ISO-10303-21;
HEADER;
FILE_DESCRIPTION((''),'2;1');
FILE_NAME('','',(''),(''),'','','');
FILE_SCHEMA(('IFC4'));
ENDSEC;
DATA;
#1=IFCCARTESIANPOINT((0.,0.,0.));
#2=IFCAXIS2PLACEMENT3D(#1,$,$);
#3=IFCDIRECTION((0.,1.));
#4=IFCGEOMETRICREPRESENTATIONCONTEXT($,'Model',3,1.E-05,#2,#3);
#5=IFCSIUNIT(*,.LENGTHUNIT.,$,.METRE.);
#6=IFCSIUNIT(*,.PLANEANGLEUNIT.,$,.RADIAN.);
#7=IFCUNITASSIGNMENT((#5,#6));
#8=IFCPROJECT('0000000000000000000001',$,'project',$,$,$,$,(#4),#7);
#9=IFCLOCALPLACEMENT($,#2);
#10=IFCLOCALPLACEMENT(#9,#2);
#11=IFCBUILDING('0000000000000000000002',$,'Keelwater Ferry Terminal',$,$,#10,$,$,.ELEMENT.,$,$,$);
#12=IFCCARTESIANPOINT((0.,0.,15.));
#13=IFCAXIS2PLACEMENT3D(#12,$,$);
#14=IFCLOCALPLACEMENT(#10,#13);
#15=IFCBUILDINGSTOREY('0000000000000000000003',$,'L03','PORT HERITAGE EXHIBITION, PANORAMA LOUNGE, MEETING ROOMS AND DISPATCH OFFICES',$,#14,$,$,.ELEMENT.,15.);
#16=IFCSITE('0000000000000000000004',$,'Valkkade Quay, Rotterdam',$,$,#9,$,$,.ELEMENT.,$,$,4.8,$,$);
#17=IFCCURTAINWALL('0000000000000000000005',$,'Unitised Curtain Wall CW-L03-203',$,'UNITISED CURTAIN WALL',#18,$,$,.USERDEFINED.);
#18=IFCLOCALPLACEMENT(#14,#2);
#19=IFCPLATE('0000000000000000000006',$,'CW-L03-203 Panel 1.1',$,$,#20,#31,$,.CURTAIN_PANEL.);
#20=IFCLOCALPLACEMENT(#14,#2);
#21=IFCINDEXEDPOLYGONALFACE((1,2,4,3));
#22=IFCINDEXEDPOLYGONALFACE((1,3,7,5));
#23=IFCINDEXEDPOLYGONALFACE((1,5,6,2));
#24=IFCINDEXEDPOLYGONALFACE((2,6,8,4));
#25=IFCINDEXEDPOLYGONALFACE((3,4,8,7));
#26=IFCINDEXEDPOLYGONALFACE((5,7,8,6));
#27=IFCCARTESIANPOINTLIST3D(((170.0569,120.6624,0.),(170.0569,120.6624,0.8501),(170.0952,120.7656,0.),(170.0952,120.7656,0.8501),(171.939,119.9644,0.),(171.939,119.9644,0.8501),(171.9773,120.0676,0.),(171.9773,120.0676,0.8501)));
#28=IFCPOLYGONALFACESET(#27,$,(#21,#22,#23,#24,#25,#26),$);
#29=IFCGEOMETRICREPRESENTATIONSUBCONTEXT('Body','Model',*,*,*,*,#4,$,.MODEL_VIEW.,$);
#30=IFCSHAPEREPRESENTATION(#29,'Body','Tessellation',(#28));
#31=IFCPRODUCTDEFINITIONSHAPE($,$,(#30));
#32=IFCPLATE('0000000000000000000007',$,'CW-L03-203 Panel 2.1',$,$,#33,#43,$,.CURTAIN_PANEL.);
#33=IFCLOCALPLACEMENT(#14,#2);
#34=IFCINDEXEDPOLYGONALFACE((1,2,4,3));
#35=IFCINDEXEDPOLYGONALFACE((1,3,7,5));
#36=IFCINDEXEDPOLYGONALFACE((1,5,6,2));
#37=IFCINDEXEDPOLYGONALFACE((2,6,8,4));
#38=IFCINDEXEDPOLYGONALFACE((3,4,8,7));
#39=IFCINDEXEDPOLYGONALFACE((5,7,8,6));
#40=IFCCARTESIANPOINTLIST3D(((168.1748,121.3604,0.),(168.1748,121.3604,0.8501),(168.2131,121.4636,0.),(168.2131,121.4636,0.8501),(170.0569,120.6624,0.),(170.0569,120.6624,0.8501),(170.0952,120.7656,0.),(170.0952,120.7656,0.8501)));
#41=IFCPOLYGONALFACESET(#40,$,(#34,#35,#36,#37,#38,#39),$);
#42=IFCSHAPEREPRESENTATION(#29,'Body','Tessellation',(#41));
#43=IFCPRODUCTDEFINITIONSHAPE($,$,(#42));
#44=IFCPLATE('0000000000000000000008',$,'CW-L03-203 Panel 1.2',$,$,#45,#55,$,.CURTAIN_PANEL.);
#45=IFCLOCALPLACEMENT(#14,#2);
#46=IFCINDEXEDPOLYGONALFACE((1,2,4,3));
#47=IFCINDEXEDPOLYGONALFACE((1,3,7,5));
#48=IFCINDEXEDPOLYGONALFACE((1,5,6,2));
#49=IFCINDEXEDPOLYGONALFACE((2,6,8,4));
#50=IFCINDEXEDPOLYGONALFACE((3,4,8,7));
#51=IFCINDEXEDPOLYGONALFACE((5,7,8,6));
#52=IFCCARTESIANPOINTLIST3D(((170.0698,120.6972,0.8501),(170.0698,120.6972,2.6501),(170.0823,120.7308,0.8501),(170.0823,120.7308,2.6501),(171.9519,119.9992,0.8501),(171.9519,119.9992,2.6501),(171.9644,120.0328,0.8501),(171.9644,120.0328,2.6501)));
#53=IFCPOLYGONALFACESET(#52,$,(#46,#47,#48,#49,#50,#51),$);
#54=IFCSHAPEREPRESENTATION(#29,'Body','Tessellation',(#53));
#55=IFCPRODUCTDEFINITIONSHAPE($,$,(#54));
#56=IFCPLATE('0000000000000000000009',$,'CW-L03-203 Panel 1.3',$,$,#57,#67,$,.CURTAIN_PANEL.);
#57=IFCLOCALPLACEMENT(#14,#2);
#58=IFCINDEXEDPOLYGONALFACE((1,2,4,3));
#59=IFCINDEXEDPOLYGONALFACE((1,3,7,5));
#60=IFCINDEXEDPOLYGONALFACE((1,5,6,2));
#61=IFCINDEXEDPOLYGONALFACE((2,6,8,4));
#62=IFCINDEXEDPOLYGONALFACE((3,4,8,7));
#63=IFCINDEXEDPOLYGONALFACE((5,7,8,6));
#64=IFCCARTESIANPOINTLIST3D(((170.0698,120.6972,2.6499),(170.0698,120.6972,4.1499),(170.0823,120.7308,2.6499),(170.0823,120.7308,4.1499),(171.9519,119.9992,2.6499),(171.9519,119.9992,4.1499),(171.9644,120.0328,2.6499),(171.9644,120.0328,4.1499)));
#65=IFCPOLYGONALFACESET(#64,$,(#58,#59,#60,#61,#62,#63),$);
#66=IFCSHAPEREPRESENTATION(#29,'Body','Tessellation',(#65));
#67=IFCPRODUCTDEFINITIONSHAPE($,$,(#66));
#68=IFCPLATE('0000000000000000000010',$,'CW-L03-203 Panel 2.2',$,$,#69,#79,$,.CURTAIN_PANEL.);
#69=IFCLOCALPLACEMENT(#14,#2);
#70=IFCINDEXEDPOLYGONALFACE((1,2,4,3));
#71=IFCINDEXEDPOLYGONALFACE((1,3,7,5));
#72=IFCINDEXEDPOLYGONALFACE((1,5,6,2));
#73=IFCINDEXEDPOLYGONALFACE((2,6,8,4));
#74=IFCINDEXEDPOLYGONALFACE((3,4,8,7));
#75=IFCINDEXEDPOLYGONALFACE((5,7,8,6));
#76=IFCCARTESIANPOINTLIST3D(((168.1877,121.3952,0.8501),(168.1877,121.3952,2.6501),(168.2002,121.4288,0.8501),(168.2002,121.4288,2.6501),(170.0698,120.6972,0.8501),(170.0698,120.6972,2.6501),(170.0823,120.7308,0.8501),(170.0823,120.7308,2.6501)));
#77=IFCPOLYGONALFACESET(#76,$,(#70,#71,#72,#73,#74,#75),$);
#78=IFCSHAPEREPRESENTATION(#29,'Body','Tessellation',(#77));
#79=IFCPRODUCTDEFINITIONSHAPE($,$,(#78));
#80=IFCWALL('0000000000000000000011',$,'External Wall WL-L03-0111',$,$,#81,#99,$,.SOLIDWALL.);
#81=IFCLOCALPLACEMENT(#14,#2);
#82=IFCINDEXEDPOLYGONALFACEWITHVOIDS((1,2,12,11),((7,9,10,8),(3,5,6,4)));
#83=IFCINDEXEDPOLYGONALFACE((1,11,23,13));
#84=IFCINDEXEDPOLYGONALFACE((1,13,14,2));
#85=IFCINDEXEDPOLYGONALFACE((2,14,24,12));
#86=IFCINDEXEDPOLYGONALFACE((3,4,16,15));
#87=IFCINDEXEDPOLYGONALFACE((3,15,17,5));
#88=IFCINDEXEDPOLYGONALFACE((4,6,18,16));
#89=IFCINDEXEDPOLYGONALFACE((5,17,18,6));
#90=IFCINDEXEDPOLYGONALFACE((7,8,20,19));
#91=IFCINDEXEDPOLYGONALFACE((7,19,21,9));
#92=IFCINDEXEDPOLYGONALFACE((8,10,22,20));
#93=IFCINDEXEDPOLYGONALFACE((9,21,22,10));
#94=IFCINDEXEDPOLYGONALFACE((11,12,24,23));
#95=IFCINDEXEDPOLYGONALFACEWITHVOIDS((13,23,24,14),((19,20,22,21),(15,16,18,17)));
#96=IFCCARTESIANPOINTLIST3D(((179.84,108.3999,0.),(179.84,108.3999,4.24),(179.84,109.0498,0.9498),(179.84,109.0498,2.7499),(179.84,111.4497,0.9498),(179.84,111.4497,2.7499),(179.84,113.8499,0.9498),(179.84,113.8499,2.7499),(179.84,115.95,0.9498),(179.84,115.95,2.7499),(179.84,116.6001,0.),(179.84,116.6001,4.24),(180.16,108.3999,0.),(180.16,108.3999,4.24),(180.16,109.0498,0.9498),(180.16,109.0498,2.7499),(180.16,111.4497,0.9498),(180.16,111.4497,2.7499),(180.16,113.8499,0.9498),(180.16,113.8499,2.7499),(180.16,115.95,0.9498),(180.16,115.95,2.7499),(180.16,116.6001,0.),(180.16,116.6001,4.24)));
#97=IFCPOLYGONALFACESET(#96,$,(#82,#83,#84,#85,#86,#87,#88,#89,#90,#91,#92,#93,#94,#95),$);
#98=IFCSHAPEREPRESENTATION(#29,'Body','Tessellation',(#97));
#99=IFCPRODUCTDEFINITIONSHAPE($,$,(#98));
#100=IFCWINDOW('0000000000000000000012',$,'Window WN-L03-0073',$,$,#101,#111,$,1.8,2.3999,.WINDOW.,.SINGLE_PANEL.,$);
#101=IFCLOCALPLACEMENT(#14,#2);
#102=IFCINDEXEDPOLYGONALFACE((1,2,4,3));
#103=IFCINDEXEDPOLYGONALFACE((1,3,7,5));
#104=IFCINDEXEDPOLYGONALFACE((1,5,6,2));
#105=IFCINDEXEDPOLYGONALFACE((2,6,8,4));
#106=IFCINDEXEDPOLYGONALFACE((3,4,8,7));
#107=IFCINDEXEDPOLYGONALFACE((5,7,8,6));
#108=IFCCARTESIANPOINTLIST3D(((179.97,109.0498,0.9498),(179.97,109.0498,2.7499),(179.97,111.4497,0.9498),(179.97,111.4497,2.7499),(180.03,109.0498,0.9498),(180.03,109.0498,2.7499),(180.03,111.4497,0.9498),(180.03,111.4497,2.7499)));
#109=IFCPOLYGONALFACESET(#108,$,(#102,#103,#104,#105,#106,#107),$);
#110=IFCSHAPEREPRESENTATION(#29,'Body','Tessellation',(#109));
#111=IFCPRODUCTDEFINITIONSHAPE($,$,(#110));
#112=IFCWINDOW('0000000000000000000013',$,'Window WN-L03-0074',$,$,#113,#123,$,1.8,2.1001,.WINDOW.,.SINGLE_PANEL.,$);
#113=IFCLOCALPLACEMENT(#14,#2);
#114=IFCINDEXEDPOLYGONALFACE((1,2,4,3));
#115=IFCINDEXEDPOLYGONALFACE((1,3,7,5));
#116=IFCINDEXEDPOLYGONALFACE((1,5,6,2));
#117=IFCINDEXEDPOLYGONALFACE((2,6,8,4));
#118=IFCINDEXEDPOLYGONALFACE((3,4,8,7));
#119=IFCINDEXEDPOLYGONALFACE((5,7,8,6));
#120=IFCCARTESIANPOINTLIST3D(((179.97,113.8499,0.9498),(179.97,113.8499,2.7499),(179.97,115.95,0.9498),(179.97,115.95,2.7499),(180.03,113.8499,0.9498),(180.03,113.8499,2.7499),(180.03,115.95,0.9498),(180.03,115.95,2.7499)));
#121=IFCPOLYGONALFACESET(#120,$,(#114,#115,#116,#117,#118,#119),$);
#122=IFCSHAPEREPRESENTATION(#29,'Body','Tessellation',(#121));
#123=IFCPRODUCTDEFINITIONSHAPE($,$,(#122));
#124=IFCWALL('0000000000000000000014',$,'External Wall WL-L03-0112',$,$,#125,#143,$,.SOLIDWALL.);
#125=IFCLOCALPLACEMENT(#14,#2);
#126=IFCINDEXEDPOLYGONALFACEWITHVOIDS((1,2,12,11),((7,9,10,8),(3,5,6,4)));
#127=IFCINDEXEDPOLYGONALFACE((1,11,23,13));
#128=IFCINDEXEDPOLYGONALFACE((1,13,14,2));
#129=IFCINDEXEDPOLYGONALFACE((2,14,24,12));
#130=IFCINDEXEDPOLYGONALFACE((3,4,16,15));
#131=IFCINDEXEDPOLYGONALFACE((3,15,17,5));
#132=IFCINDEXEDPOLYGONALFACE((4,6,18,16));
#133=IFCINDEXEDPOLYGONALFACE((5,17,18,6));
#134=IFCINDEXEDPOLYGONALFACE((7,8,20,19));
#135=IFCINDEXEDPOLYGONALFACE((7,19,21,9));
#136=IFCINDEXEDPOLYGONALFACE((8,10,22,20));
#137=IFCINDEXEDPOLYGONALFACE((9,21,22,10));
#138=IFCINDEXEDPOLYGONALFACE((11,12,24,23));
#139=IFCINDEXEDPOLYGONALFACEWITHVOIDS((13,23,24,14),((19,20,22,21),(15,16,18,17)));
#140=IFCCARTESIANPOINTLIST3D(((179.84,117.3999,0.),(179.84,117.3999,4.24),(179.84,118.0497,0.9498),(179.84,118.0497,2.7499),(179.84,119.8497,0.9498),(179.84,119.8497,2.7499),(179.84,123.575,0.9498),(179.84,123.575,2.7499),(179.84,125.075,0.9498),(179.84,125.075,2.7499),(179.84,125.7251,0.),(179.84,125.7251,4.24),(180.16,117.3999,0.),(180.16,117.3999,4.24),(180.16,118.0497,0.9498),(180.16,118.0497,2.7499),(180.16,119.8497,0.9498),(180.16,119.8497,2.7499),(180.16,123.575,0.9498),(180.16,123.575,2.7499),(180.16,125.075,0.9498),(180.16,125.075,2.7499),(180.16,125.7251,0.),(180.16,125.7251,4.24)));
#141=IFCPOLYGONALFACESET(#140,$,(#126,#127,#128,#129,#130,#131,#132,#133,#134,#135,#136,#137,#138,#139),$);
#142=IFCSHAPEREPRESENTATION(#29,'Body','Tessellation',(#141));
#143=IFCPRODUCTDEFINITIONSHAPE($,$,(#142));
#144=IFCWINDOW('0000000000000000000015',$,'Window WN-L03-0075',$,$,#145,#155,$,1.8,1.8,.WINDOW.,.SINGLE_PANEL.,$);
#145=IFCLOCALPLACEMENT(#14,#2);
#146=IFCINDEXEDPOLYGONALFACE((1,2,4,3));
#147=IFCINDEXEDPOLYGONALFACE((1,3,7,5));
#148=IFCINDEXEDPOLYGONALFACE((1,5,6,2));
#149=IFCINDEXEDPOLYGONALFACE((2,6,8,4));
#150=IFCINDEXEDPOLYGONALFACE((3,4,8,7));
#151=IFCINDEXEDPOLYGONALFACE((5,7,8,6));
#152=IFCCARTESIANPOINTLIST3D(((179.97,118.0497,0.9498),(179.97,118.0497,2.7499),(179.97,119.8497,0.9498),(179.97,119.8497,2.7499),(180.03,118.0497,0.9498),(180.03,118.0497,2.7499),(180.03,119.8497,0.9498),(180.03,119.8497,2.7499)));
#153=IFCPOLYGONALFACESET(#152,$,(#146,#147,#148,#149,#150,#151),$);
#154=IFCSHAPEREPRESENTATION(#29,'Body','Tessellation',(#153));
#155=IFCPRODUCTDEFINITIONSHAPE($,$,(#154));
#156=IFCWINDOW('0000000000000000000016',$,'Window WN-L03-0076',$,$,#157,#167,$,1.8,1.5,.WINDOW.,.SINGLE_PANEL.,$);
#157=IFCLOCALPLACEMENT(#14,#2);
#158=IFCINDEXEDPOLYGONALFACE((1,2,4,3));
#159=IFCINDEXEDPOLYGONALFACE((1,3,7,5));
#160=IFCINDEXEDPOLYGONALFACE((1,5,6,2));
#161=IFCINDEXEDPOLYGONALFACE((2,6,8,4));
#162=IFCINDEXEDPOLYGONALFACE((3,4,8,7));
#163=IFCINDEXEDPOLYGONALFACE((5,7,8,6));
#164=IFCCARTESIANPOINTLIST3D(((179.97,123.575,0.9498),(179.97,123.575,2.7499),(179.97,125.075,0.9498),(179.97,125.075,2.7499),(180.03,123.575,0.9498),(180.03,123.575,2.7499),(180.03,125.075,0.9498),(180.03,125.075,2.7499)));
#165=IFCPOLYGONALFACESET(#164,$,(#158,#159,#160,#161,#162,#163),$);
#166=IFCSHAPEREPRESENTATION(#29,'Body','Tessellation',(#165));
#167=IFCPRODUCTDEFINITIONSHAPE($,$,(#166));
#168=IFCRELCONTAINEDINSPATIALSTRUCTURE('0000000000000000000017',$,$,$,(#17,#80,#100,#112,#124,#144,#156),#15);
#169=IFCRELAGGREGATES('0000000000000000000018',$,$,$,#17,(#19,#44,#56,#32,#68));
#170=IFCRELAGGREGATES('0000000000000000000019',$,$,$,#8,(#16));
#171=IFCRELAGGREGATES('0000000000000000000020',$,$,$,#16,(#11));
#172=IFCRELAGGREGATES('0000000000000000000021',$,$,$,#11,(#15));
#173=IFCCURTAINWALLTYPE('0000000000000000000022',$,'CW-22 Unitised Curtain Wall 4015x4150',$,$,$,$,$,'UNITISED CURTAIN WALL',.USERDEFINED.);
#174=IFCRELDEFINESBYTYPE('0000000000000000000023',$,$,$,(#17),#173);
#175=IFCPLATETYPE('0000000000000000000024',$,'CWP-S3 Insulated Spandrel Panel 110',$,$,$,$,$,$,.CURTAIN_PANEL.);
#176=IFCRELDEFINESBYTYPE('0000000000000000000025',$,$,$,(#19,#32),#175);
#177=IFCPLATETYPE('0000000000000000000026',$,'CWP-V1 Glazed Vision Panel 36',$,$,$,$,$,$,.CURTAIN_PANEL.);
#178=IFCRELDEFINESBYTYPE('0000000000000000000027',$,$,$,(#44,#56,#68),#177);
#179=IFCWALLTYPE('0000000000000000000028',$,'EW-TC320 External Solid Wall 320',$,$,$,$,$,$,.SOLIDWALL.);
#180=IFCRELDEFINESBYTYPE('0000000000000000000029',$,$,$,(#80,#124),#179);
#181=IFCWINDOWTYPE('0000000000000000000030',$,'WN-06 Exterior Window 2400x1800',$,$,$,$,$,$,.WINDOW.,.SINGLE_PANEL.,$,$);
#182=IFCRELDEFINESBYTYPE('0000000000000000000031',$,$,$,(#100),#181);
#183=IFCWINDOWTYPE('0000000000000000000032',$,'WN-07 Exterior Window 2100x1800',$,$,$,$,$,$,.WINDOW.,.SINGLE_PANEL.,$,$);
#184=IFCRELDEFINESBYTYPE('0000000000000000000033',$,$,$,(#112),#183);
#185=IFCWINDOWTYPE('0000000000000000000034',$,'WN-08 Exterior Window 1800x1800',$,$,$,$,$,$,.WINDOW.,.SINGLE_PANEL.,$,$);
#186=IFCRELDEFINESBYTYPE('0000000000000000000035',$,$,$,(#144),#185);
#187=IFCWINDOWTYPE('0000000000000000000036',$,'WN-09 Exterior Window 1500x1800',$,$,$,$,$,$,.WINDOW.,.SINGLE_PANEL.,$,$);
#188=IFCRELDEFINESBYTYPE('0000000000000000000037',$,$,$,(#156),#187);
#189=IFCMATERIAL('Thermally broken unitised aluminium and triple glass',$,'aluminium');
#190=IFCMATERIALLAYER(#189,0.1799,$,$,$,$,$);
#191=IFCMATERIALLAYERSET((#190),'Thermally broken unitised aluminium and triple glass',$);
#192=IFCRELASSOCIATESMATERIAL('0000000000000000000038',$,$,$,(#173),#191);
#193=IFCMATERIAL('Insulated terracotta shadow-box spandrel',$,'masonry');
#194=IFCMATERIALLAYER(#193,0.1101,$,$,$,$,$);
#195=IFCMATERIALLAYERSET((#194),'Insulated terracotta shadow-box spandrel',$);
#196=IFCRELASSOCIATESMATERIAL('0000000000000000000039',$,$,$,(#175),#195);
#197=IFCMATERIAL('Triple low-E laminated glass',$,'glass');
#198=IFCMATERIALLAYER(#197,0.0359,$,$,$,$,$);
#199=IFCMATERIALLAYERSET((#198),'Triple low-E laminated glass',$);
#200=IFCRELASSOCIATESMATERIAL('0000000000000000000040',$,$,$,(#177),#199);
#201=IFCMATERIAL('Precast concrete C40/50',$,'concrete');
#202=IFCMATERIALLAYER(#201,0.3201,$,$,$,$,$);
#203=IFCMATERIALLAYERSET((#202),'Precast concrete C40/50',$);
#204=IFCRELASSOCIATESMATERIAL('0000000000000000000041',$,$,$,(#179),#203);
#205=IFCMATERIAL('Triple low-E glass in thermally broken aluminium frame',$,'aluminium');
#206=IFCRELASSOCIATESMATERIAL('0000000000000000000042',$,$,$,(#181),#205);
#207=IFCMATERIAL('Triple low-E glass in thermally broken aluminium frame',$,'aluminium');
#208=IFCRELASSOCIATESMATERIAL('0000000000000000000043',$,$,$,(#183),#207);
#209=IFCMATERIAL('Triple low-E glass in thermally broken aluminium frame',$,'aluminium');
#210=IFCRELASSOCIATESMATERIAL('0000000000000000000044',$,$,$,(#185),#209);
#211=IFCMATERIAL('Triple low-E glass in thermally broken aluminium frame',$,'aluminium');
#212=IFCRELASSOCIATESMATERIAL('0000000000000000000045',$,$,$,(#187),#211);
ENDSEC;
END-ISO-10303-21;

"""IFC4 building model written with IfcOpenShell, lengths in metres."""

from ifc_helpers import new_model, si_unit, direction, frame, frame_2d, origin, origin_2d, place, context, subcontext, project, spatial, rectangle, extrude, material, layer, layer_set, type_object, element, fill, aggregate, save


model = new_model("IFC4")

# Units and contexts
model_context = context("Model", 3, precision=1e-05, world=origin(), true_north=direction((0.0, 1.0)))
body_context = subcontext(model_context, "Body", "Model", "MODEL_VIEW")
ifc_project = project(units=[si_unit("LENGTHUNIT", "METRE"), si_unit("PLANEANGLEUNIT", "RADIAN")], contexts=[model_context])

# Site, building, storey
site_placement = place(None, origin())
site = spatial("IfcSite", under=ifc_project, at=site_placement, Name="Valkkade Quay, Rotterdam", CompositionType="ELEMENT", RefElevation=4.8)
building_placement = place(site_placement, origin())
building = spatial("IfcBuilding", under=site, at=building_placement, Name="Keelwater Ferry Terminal", CompositionType="ELEMENT")
storey_placement = place(building_placement, frame((0.0, 0.0, 15.0)))
storey = spatial("IfcBuildingStorey", under=building, at=storey_placement, Name="L03", Description="PORT HERITAGE EXHIBITION, PANORAMA LOUNGE, MEETING ROOMS AND DISPATCH OFFICES", CompositionType="ELEMENT", Elevation=15.0)

# Curtain wall
ifc_material_1 = material(Name="Thermally broken unitised aluminium and triple glass", Category="aluminium")
ifc_layer_1 = layer(ifc_material_1, 0.1799)
ifc_layer_set_1 = layer_set([ifc_layer_1], Name="Thermally broken unitised aluminium and triple glass")
curtain_wall_type = type_object("IfcCurtainWallType", Name="CW-22 Unitised Curtain Wall 4015x4150", ElementType="UNITISED CURTAIN WALL", PredefinedType="USERDEFINED", material=ifc_layer_set_1)
curtain_wall_placement = place(storey_placement, origin())
curtain_wall = element("IfcCurtainWall", 1, at=curtain_wall_placement, inside=storey, type_object=curtain_wall_type, Name="Unitised Curtain Wall CW-L03-203", ObjectType="UNITISED CURTAIN WALL", PredefinedType="USERDEFINED")

# Plates
ifc_material_2 = material(Name="Insulated terracotta shadow-box spandrel", Category="masonry")
ifc_layer_2 = layer(ifc_material_2, 0.1101)
ifc_layer_set_2 = layer_set([ifc_layer_2], Name="Insulated terracotta shadow-box spandrel")
plate_type_1 = type_object("IfcPlateType", Name="CWP-S3 Insulated Spandrel Panel 110", PredefinedType="CURTAIN_PANEL", material=ifc_layer_set_2)
plate_1_placement = place(storey_placement, frame((171.0171, 120.365, 0.0), z_axis=(0.0, 0.0, 1.0), x_axis=(-0.937592, 0.347736, 0.0)))
plate_1 = element("IfcPlate", 2, at=plate_1_placement, type_object=plate_type_1, Name="CW-L03-203 Panel 1.1", PredefinedType="CURTAIN_PANEL", context=body_context, shape_type="SweptSolid", body=[
    extrude(rectangle(XDim=2.0073, YDim=0.1101, at=origin_2d()), origin(), (0.0, 0.0, 1.0), 0.8501),
])
plate_2_placement = place(storey_placement, frame((169.135, 121.063, 0.0), z_axis=(0.0, 0.0, 1.0), x_axis=(-0.937592, 0.347736, 0.0)))
plate_2 = element("IfcPlate", 3, at=plate_2_placement, type_object=plate_type_1, Name="CW-L03-203 Panel 2.1", PredefinedType="CURTAIN_PANEL", context=body_context, shape_type="SweptSolid", body=[
    extrude(rectangle(XDim=2.0073, YDim=0.1101, at=origin_2d()), origin(), (0.0, 0.0, 1.0), 0.8501),
])
ifc_material_3 = material(Name="Triple low-E laminated glass", Category="glass")
ifc_layer_3 = layer(ifc_material_3, 0.0359)
ifc_layer_set_3 = layer_set([ifc_layer_3], Name="Triple low-E laminated glass")
plate_type_2 = type_object("IfcPlateType", Name="CWP-V1 Glazed Vision Panel 36", PredefinedType="CURTAIN_PANEL", material=ifc_layer_set_3)
plate_3_placement = place(storey_placement, frame((171.0171, 120.365, 0.8501), z_axis=(0.0, 0.0, 1.0), x_axis=(-0.937592, 0.347736, 0.0)))
plate_3 = element("IfcPlate", 4, at=plate_3_placement, type_object=plate_type_2, Name="CW-L03-203 Panel 1.2", PredefinedType="CURTAIN_PANEL", context=body_context, shape_type="SweptSolid", body=[
    extrude(rectangle(XDim=2.0073, YDim=0.0359, at=origin_2d()), origin(), (0.0, 0.0, 1.0), 1.8),
])
plate_4_placement = place(storey_placement, frame((171.0171, 120.365, 2.6499), z_axis=(0.0, 0.0, 1.0), x_axis=(-0.937592, 0.347736, 0.0)))
plate_4 = element("IfcPlate", 5, at=plate_4_placement, type_object=plate_type_2, Name="CW-L03-203 Panel 1.3", PredefinedType="CURTAIN_PANEL", context=body_context, shape_type="SweptSolid", body=[
    extrude(rectangle(XDim=2.0073, YDim=0.0359, at=origin_2d()), origin(), (0.0, 0.0, 1.0), 1.5),
])
plate_5_placement = place(storey_placement, frame((169.135, 121.063, 0.8501), z_axis=(0.0, 0.0, 1.0), x_axis=(-0.937592, 0.347736, 0.0)))
plate_5 = element("IfcPlate", 6, at=plate_5_placement, type_object=plate_type_2, Name="CW-L03-203 Panel 2.2", PredefinedType="CURTAIN_PANEL", context=body_context, shape_type="SweptSolid", body=[
    extrude(rectangle(XDim=2.0073, YDim=0.0359, at=origin_2d()), origin(), (0.0, 0.0, 1.0), 1.8),
])
aggregate(curtain_wall, [plate_1, plate_3, plate_4, plate_2, plate_5])

# Walls, openings, windows
ifc_material_4 = material(Name="Precast concrete C40/50", Category="concrete")
ifc_layer_4 = layer(ifc_material_4, 0.3201)
ifc_layer_set_4 = layer_set([ifc_layer_4], Name="Precast concrete C40/50")
wall_type = type_object("IfcWallType", Name="EW-TC320 External Solid Wall 320", PredefinedType="SOLIDWALL", material=ifc_layer_set_4)
wall_1_placement = place(storey_placement, frame((180.0, 108.3999, 0.0), z_axis=(0.0, 0.0, 1.0), x_axis=(0.0, 1.0, 0.0)))
wall_1 = element("IfcWall", 7, at=wall_1_placement, inside=storey, type_object=wall_type, Name="External Wall WL-L03-0111", PredefinedType="SOLIDWALL", context=body_context, shape_type="SweptSolid", body=[
    extrude(rectangle(XDim=8.2002, YDim=0.3201, at=frame_2d((4.1001, 0.0))), origin(), (0.0, 0.0, 1.0), 4.24),
])
opening_1_placement = place(wall_1_placement, frame((0.6499, 0.0, 0.95)))
opening_1 = element("IfcOpeningElement", 8, at=opening_1_placement, cuts=wall_1, PredefinedType="OPENING", context=body_context, shape_type="SweptSolid", body=[
    extrude(rectangle(XDim=2.3999, YDim=1.8, at=frame_2d((1.2, 0.8999))), frame((0.0, 0.1702, 0.0), z_axis=(0.0, -1.0, 0.0), x_axis=(1.0, 0.0, 0.0)), (0.0, 0.0, 1.0), 0.3401),
])
opening_2_placement = place(wall_1_placement, frame((5.45, 0.0, 0.95)))
opening_2 = element("IfcOpeningElement", 9, at=opening_2_placement, cuts=wall_1, PredefinedType="OPENING", context=body_context, shape_type="SweptSolid", body=[
    extrude(rectangle(XDim=2.1001, YDim=1.8, at=frame_2d((1.05, 0.8999))), frame((0.0, 0.1702, 0.0), z_axis=(0.0, -1.0, 0.0), x_axis=(1.0, 0.0, 0.0)), (0.0, 0.0, 1.0), 0.3401),
])
ifc_material_5 = material(Name="Triple low-E glass in thermally broken aluminium frame", Category="aluminium")
window_type_1 = type_object("IfcWindowType", Name="WN-06 Exterior Window 2400x1800", PartitioningType="SINGLE_PANEL", PredefinedType="WINDOW", material=ifc_material_5)
window_1_placement = place(opening_1_placement, origin())
window_1 = element("IfcWindow", 10, at=window_1_placement, inside=storey, type_object=window_type_1, Name="Window WN-L03-0073", OverallHeight=1.8, OverallWidth=2.3999, PartitioningType="SINGLE_PANEL", PredefinedType="WINDOW", context=body_context, shape_type="SweptSolid", body=[
    extrude(rectangle(XDim=2.3999, YDim=1.8, at=frame_2d((1.2, 0.8999))), frame((0.0, 0.03, 0.0), z_axis=(0.0, -1.0, 0.0), x_axis=(1.0, 0.0, 0.0)), (0.0, 0.0, 1.0), 0.0601),
])
fill(opening_1, window_1)
ifc_material_6 = material(Name="Triple low-E glass in thermally broken aluminium frame", Category="aluminium")
window_type_2 = type_object("IfcWindowType", Name="WN-07 Exterior Window 2100x1800", PartitioningType="SINGLE_PANEL", PredefinedType="WINDOW", material=ifc_material_6)
window_2_placement = place(opening_2_placement, origin())
window_2 = element("IfcWindow", 11, at=window_2_placement, inside=storey, type_object=window_type_2, Name="Window WN-L03-0074", OverallHeight=1.8, OverallWidth=2.1001, PartitioningType="SINGLE_PANEL", PredefinedType="WINDOW", context=body_context, shape_type="SweptSolid", body=[
    extrude(rectangle(XDim=2.1001, YDim=1.8, at=frame_2d((1.05, 0.8999))), frame((0.0, 0.03, 0.0), z_axis=(0.0, -1.0, 0.0), x_axis=(1.0, 0.0, 0.0)), (0.0, 0.0, 1.0), 0.0601),
])
fill(opening_2, window_2)
wall_2_placement = place(storey_placement, frame((180.0, 117.3999, 0.0), z_axis=(0.0, 0.0, 1.0), x_axis=(0.0, 1.0, 0.0)))
wall_2 = element("IfcWall", 12, at=wall_2_placement, inside=storey, type_object=wall_type, Name="External Wall WL-L03-0112", PredefinedType="SOLIDWALL", context=body_context, shape_type="SweptSolid", body=[
    extrude(rectangle(XDim=8.3252, YDim=0.3201, at=frame_2d((4.1626, 0.0))), origin(), (0.0, 0.0, 1.0), 4.24),
])
opening_3_placement = place(wall_2_placement, frame((0.6499, 0.0, 0.95)))
opening_3 = element("IfcOpeningElement", 13, at=opening_3_placement, cuts=wall_2, PredefinedType="OPENING", context=body_context, shape_type="SweptSolid", body=[
    extrude(rectangle(XDim=1.8, YDim=1.8, at=frame_2d((0.8999, 0.8999))), frame((0.0, 0.1702, 0.0), z_axis=(0.0, -1.0, 0.0), x_axis=(1.0, 0.0, 0.0)), (0.0, 0.0, 1.0), 0.3401),
])
opening_4_placement = place(wall_2_placement, frame((6.175, 0.0, 0.95)))
opening_4 = element("IfcOpeningElement", 14, at=opening_4_placement, cuts=wall_2, PredefinedType="OPENING", context=body_context, shape_type="SweptSolid", body=[
    extrude(rectangle(XDim=1.5, YDim=1.8, at=frame_2d((0.75, 0.8999))), frame((0.0, 0.1702, 0.0), z_axis=(0.0, -1.0, 0.0), x_axis=(1.0, 0.0, 0.0)), (0.0, 0.0, 1.0), 0.3401),
])
ifc_material_7 = material(Name="Triple low-E glass in thermally broken aluminium frame", Category="aluminium")
window_type_3 = type_object("IfcWindowType", Name="WN-08 Exterior Window 1800x1800", PartitioningType="SINGLE_PANEL", PredefinedType="WINDOW", material=ifc_material_7)
window_3_placement = place(opening_3_placement, origin())
window_3 = element("IfcWindow", 15, at=window_3_placement, inside=storey, type_object=window_type_3, Name="Window WN-L03-0075", OverallHeight=1.8, OverallWidth=1.8, PartitioningType="SINGLE_PANEL", PredefinedType="WINDOW", context=body_context, shape_type="SweptSolid", body=[
    extrude(rectangle(XDim=1.8, YDim=1.8, at=frame_2d((0.8999, 0.8999))), frame((0.0, 0.03, 0.0), z_axis=(0.0, -1.0, 0.0), x_axis=(1.0, 0.0, 0.0)), (0.0, 0.0, 1.0), 0.0601),
])
fill(opening_3, window_3)
ifc_material_8 = material(Name="Triple low-E glass in thermally broken aluminium frame", Category="aluminium")
window_type_4 = type_object("IfcWindowType", Name="WN-09 Exterior Window 1500x1800", PartitioningType="SINGLE_PANEL", PredefinedType="WINDOW", material=ifc_material_8)
window_4_placement = place(opening_4_placement, origin())
window_4 = element("IfcWindow", 16, at=window_4_placement, inside=storey, type_object=window_type_4, Name="Window WN-L03-0076", OverallHeight=1.8, OverallWidth=1.5, PartitioningType="SINGLE_PANEL", PredefinedType="WINDOW", context=body_context, shape_type="SweptSolid", body=[
    extrude(rectangle(XDim=1.5, YDim=1.8, at=frame_2d((0.75, 0.8999))), frame((0.0, 0.03, 0.0), z_axis=(0.0, -1.0, 0.0), x_axis=(1.0, 0.0, 0.0)), (0.0, 0.0, 1.0), 0.0601),
])
fill(opening_4, window_4)

save(model, "model.ifc")
